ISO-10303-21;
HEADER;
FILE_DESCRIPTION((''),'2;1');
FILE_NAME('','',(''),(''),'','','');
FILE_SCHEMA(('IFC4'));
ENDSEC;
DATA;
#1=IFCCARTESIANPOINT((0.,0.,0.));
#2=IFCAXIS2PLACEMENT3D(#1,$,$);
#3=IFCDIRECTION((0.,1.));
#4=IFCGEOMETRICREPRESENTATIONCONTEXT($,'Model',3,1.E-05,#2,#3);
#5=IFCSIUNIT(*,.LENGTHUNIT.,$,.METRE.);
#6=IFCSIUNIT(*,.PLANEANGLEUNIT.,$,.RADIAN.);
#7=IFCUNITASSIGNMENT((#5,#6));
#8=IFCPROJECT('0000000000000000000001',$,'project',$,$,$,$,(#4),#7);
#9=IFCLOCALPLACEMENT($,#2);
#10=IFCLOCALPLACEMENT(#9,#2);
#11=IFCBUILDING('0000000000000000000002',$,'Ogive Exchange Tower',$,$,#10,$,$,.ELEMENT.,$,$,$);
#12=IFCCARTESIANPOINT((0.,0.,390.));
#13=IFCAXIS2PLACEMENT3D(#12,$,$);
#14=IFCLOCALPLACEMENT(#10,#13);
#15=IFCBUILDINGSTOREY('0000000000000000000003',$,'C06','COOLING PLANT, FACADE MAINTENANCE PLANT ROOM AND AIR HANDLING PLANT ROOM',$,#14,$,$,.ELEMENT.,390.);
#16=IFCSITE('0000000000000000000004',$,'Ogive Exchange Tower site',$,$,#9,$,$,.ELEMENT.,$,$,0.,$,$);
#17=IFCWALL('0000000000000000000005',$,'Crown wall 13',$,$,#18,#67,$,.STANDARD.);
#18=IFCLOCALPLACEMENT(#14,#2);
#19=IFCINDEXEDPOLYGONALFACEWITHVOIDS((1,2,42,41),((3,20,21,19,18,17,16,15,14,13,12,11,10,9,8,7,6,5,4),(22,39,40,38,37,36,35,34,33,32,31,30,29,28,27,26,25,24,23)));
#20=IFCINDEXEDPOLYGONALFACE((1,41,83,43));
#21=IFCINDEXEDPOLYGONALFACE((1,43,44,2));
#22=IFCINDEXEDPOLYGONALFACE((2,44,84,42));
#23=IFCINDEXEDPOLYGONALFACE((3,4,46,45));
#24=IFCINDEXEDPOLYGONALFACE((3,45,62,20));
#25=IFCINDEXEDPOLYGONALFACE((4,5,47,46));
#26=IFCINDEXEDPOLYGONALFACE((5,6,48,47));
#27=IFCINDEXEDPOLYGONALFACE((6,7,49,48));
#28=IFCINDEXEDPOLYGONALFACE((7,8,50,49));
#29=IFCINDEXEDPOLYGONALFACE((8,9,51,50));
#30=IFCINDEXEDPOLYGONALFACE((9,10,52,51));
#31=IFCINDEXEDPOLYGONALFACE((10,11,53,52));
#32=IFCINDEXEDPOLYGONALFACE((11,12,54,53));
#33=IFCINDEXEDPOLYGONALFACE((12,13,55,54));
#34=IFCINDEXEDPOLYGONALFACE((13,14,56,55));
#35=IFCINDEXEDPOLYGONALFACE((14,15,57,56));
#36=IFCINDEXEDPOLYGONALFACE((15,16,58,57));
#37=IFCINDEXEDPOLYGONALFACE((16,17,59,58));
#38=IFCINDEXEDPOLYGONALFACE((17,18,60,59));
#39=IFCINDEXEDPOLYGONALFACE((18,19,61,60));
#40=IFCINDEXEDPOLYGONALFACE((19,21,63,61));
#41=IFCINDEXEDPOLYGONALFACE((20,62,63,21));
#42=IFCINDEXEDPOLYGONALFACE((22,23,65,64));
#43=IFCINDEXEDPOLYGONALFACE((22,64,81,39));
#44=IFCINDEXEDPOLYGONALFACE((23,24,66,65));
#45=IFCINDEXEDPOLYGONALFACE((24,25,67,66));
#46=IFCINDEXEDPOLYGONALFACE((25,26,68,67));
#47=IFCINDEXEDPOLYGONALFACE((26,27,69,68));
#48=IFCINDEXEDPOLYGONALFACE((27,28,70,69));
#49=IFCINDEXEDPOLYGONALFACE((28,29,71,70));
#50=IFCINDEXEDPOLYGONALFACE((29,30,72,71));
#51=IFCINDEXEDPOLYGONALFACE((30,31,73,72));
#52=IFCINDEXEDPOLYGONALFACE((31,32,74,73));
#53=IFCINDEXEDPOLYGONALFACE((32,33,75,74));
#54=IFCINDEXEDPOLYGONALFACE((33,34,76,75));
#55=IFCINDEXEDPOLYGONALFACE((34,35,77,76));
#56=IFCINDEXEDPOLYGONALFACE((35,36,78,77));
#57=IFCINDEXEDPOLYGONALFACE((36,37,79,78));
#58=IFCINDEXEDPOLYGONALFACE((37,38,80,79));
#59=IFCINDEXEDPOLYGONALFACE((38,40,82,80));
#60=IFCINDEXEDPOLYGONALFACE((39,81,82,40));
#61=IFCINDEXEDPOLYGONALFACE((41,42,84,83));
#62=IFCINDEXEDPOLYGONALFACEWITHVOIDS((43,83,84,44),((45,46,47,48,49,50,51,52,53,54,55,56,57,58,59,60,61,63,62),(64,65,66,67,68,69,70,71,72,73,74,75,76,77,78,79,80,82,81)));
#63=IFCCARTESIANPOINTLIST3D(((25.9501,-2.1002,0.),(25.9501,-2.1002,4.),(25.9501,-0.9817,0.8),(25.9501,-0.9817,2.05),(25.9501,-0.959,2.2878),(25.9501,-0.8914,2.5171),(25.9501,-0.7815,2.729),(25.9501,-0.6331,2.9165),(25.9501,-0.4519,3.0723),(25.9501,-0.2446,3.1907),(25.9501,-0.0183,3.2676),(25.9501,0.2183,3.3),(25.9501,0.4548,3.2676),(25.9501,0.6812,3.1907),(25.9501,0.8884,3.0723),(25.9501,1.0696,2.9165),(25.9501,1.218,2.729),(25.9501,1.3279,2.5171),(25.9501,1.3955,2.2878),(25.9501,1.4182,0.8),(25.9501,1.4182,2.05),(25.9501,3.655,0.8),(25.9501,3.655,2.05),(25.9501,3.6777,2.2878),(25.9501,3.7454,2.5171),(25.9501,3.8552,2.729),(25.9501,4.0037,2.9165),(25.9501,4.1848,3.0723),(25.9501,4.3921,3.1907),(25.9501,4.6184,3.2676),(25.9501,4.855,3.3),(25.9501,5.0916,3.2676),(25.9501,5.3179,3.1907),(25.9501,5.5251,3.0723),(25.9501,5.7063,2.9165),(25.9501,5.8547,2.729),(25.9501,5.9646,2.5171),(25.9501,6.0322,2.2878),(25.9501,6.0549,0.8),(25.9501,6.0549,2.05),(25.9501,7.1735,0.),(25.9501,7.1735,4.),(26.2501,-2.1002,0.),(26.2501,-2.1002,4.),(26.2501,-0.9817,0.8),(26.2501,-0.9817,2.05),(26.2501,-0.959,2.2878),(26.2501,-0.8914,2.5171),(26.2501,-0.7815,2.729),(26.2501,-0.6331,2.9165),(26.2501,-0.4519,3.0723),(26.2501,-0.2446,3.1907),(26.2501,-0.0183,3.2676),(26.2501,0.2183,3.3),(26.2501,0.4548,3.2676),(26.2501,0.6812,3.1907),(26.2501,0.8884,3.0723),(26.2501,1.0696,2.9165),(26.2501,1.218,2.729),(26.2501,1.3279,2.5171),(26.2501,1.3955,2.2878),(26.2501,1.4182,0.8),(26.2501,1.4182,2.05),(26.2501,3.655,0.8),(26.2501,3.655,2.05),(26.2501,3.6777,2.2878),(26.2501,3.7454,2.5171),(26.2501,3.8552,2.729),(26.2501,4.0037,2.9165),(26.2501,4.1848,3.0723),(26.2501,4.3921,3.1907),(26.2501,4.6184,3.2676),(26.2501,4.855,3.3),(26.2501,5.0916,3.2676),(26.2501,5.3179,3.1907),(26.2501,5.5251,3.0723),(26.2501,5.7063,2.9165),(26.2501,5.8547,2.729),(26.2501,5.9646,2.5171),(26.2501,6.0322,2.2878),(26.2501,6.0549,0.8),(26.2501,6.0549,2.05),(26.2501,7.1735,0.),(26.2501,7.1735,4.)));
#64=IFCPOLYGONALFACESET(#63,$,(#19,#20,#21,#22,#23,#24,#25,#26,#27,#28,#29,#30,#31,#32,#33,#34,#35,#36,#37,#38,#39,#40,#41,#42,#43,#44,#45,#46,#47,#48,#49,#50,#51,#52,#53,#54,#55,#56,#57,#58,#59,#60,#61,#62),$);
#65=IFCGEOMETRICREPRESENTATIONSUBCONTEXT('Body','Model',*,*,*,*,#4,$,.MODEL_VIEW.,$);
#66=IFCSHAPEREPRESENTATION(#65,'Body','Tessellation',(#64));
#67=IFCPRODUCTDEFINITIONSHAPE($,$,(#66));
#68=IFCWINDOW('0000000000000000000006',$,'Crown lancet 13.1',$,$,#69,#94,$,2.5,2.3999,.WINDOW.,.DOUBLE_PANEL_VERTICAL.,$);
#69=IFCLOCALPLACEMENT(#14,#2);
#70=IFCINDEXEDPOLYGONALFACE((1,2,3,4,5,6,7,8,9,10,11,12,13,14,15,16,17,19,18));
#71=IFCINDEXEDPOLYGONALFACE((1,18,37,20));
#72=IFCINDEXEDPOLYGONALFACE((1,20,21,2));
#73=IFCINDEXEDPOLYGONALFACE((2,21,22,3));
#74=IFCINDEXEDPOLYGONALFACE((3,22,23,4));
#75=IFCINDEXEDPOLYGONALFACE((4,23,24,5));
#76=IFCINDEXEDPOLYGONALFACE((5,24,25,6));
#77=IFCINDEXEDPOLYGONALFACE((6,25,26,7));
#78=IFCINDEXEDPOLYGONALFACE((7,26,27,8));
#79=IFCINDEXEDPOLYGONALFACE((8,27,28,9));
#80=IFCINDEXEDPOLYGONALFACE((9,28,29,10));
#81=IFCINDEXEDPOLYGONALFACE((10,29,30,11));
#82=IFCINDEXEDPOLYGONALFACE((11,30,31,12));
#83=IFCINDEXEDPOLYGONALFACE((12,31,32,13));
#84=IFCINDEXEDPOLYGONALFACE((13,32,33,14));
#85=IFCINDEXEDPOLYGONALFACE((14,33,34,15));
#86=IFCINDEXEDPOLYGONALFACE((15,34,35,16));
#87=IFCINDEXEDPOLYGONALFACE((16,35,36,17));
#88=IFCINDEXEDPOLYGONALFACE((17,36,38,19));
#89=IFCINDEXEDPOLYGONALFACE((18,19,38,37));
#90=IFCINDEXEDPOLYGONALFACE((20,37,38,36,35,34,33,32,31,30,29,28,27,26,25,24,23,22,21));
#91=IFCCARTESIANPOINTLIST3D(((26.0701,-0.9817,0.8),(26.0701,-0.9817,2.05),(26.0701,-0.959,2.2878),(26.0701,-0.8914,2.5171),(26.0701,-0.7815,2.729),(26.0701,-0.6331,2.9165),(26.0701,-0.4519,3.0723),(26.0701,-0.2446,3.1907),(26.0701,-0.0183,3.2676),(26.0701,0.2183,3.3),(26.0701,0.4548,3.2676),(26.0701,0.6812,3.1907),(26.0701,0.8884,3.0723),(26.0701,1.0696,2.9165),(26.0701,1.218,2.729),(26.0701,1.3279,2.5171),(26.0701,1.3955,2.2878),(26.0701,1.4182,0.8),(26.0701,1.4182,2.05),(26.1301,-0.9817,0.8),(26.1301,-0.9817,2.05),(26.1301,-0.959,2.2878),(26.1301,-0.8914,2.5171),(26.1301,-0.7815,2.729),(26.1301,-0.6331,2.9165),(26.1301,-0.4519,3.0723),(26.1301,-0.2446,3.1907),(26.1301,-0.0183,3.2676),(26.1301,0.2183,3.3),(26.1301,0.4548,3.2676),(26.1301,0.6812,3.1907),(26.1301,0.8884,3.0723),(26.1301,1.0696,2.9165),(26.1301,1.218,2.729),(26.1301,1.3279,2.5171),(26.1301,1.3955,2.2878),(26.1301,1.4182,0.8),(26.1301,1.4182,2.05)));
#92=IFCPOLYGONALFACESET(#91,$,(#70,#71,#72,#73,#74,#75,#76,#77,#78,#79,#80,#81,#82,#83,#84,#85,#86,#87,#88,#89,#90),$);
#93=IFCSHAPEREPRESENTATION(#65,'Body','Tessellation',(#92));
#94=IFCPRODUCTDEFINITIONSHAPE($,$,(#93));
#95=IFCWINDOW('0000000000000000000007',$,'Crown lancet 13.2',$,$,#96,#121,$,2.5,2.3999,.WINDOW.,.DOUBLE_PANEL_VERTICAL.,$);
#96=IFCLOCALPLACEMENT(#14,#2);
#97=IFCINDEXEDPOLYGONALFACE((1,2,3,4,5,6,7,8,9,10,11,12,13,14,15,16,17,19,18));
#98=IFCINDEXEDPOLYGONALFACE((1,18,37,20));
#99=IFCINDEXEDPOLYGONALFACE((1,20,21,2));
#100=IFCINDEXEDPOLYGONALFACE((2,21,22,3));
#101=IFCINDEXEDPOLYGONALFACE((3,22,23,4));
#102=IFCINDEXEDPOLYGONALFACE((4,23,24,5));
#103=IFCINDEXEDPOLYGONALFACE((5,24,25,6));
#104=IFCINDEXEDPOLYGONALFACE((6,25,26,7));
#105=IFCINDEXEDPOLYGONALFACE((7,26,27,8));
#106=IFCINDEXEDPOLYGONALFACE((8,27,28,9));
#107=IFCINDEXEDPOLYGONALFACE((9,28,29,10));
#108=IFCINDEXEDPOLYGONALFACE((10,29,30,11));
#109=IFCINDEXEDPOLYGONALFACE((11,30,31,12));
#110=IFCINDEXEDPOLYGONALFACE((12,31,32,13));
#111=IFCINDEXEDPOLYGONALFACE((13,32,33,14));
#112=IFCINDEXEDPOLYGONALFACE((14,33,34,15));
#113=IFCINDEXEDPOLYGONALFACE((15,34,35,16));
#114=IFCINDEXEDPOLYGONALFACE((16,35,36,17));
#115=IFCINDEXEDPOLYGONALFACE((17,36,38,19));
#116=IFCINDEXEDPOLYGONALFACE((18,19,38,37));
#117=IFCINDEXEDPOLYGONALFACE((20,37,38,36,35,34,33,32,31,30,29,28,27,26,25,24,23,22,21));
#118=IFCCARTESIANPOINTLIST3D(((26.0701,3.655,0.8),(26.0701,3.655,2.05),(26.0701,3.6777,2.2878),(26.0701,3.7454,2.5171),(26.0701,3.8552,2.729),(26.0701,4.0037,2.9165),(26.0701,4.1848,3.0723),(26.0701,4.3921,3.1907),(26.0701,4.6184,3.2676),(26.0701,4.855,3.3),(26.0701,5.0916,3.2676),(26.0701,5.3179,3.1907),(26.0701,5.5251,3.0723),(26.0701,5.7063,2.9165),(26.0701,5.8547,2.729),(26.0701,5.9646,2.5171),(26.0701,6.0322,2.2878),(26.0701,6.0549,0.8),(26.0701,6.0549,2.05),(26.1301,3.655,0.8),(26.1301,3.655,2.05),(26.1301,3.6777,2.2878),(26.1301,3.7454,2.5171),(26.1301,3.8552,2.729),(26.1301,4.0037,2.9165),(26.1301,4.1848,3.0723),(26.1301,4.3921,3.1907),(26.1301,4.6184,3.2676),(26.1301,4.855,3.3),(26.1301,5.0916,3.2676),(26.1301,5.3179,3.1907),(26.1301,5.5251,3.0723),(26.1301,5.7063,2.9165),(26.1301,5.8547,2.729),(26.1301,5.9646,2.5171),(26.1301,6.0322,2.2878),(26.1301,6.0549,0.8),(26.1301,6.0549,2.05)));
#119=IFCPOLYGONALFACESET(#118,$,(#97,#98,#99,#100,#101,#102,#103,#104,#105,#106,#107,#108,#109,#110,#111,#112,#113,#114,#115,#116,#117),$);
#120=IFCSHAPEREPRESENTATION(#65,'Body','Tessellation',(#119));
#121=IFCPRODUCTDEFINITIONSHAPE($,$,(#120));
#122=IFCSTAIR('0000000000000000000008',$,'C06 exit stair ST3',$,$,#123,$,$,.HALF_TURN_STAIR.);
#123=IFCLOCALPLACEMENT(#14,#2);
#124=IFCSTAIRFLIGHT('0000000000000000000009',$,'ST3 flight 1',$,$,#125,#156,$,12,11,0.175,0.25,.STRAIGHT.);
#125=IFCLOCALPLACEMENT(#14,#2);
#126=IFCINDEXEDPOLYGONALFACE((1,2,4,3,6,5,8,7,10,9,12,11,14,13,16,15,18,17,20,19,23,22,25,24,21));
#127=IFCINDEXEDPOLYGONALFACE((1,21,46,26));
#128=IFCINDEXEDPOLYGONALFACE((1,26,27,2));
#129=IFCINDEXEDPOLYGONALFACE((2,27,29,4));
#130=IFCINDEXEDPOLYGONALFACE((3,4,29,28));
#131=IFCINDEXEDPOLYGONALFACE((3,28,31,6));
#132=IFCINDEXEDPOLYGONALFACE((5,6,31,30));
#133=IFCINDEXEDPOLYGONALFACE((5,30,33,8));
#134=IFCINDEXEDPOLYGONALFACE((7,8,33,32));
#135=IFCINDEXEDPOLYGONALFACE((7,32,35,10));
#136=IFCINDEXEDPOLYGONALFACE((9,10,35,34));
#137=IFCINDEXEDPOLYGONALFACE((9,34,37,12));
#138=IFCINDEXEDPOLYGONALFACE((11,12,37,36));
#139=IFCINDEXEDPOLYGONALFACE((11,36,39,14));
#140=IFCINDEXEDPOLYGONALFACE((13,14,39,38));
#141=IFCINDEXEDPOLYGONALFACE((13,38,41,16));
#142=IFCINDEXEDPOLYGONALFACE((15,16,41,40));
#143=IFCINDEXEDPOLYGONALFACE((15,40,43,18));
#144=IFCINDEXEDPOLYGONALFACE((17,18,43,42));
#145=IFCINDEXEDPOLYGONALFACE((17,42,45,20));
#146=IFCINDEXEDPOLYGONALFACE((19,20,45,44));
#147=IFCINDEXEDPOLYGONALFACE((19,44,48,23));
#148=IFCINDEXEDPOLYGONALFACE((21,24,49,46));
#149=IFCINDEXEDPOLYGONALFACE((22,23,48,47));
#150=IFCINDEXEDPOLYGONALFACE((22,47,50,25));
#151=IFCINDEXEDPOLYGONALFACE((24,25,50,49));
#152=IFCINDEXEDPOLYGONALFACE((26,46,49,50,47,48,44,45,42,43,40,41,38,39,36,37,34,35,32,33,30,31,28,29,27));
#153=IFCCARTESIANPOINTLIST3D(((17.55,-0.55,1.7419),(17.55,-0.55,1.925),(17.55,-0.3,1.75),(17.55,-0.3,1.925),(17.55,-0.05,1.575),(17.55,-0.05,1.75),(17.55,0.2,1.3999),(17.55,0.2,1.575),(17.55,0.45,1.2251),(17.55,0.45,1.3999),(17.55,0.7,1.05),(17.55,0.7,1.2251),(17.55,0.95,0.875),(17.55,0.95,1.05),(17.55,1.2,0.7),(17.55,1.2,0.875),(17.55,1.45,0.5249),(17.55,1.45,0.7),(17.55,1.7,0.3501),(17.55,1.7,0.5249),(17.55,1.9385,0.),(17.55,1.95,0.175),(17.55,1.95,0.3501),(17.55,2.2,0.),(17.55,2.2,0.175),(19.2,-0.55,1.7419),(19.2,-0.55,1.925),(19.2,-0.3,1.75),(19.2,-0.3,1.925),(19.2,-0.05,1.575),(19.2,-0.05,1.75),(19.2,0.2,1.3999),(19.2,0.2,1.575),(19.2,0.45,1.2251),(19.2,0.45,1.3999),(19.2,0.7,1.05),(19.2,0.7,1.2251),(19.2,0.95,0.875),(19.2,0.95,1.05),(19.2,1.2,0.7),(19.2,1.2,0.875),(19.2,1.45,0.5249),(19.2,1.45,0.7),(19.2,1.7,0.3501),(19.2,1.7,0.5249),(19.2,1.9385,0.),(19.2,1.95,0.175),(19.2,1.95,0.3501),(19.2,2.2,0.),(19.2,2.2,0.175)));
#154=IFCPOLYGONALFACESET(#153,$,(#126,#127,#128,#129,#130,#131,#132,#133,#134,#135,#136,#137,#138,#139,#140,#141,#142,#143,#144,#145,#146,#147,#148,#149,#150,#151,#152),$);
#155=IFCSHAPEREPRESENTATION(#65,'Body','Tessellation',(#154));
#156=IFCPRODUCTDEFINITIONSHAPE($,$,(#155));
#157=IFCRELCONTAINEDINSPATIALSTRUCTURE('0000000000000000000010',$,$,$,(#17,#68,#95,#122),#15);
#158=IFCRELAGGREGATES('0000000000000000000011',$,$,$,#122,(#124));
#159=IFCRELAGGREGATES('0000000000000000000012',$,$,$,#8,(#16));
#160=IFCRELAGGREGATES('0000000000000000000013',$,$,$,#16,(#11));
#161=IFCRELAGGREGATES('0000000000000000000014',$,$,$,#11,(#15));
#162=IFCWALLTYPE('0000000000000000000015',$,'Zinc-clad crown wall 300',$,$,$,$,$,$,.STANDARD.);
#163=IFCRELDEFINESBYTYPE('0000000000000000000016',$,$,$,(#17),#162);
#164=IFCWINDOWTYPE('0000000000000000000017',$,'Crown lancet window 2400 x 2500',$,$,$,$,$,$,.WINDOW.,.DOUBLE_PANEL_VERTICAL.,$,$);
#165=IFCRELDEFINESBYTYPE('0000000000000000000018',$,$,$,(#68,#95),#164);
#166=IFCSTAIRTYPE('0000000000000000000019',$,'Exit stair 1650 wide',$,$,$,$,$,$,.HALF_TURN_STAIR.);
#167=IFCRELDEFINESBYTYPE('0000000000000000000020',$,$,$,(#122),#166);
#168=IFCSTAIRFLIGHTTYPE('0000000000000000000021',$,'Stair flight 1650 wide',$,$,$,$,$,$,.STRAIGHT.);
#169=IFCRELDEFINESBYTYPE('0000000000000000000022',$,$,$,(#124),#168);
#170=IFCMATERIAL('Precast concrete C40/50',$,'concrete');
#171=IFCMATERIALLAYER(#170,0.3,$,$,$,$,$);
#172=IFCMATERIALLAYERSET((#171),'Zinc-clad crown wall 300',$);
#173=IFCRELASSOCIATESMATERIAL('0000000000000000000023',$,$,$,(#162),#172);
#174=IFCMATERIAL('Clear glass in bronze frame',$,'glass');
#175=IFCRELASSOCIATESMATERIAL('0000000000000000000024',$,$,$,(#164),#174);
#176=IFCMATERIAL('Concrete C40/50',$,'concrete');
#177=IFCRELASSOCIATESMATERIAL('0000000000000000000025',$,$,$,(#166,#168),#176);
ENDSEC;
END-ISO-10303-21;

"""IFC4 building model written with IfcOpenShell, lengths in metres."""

from ifc_helpers import new_model, si_unit, direction, frame, frame_2d, origin, place, context, subcontext, project, spatial, polyline, rectangle, outline, extrude, material, layer, layer_set, type_object, element, fill, aggregate, save


model = new_model("IFC4")

# Units and contexts
model_context = context("Model", 3, precision=1e-05, world=origin(), true_north=direction((0.0, 1.0)))
body_context = subcontext(model_context, "Body", "Model", "MODEL_VIEW")
ifc_project = project(units=[si_unit("LENGTHUNIT", "METRE"), si_unit("PLANEANGLEUNIT", "RADIAN")], contexts=[model_context])

# Site, building, storey
site_placement = place(None, origin())
site = spatial("IfcSite", under=ifc_project, at=site_placement, Name="Ogive Exchange Tower site", CompositionType="ELEMENT", RefElevation=0.0)
building_placement = place(site_placement, origin())
building = spatial("IfcBuilding", under=site, at=building_placement, Name="Ogive Exchange Tower", CompositionType="ELEMENT")
storey_placement = place(building_placement, frame((0.0, 0.0, 390.0)))
storey = spatial("IfcBuildingStorey", under=building, at=storey_placement, Name="C06", Description="COOLING PLANT, FACADE MAINTENANCE PLANT ROOM AND AIR HANDLING PLANT ROOM", CompositionType="ELEMENT", Elevation=390.0)

# Shared definitions
ifc_material_1 = material(Name="Precast concrete C40/50", Category="concrete")
ifc_layer_1 = layer(ifc_material_1, 0.3)
ifc_layer_set_1 = layer_set([ifc_layer_1], Name="Zinc-clad crown wall 300")
wall_type_1 = type_object("IfcWallType", Name="Zinc-clad crown wall 300", PredefinedType="STANDARD", material=ifc_layer_set_1)

# Wall, openings, windows
wall_1_placement = place(storey_placement, frame((26.1001, -2.1001, 0.0), z_axis=(0.0, 0.0, 1.0), x_axis=(0.0, 1.0, 0.0)))
wall_1 = element("IfcWall", 1, at=wall_1_placement, inside=storey, type_object=wall_type_1, Name="Crown wall 13", PredefinedType="STANDARD", context=body_context, shape_type="SweptSolid", body=[
    extrude(rectangle(XDim=9.2737, YDim=0.3, at=frame_2d((4.6367, 0.0))), origin(), (0.0, 0.0, 1.0), 4.0),
])
opening_1_placement = place(wall_1_placement, frame((1.1184, 0.0, 0.8)))
opening_1 = element("IfcOpeningElement", 2, at=opening_1_placement, cuts=wall_1, PredefinedType="OPENING", context=body_context, shape_type="SweptSolid", body=[
    extrude(outline(polyline([(0.0, 0.0), (2.3999, 0.0), (2.3999, 1.25), (2.3772, 1.4878), (2.3096, 1.717), (2.1997, 1.929), (2.0513, 2.1165), (1.8701, 2.2722), (1.6628, 2.3906), (1.4365, 2.4675), (1.2, 2.5), (0.9634, 2.4675), (0.7371, 2.3906), (0.5298, 2.2722), (0.3486, 2.1165), (0.2002, 1.929), (0.0903, 1.717), (0.0227, 1.4878), (0.0, 1.25), (0.0, 0.0)])), frame((0.0, 0.1599, 0.0), z_axis=(0.0, -1.0, 0.0), x_axis=(1.0, 0.0, 0.0)), (0.0, 0.0, 1.0), 0.3201),
])
opening_2_placement = place(wall_1_placement, frame((5.7551, 0.0, 0.8)))
opening_2 = element("IfcOpeningElement", 3, at=opening_2_placement, cuts=wall_1, PredefinedType="OPENING", context=body_context, shape_type="SweptSolid", body=[
    extrude(outline(polyline([(0.0, 0.0), (2.3999, 0.0), (2.3999, 1.25), (2.3772, 1.4878), (2.3096, 1.717), (2.1997, 1.929), (2.0513, 2.1165), (1.8701, 2.2722), (1.6628, 2.3906), (1.4365, 2.4675), (1.2, 2.5), (0.9634, 2.4675), (0.7371, 2.3906), (0.5298, 2.2722), (0.3486, 2.1165), (0.2002, 1.929), (0.0903, 1.717), (0.0227, 1.4878), (0.0, 1.25), (0.0, 0.0)])), frame((0.0, 0.1599, 0.0), z_axis=(0.0, -1.0, 0.0), x_axis=(1.0, 0.0, 0.0)), (0.0, 0.0, 1.0), 0.3201),
])
ifc_material_2 = material(Name="Clear glass in bronze frame", Category="glass")
window_type = type_object("IfcWindowType", Name="Crown lancet window 2400 x 2500", PartitioningType="DOUBLE_PANEL_VERTICAL", PredefinedType="WINDOW", material=ifc_material_2)
window_1_placement = place(opening_1_placement, origin())
window_1 = element("IfcWindow", 4, at=window_1_placement, inside=storey, type_object=window_type, Name="Crown lancet 13.1", OverallHeight=2.5, OverallWidth=2.3999, PartitioningType="DOUBLE_PANEL_VERTICAL", PredefinedType="WINDOW", context=body_context, shape_type="SweptSolid", body=[
    extrude(outline(polyline([(0.0, 0.0), (2.3999, 0.0), (2.3999, 1.25), (2.3772, 1.4878), (2.3096, 1.717), (2.1997, 1.929), (2.0513, 2.1165), (1.8701, 2.2722), (1.6628, 2.3906), (1.4365, 2.4675), (1.2, 2.5), (0.9634, 2.4675), (0.7371, 2.3906), (0.5298, 2.2722), (0.3486, 2.1165), (0.2002, 1.929), (0.0903, 1.717), (0.0227, 1.4878), (0.0, 1.25), (0.0, 0.0)])), frame((0.0, 0.03, 0.0), z_axis=(0.0, -1.0, 0.0), x_axis=(1.0, 0.0, 0.0)), (0.0, 0.0, 1.0), 0.0601),
])
fill(opening_1, window_1)
window_2_placement = place(opening_2_placement, origin())
window_2 = element("IfcWindow", 5, at=window_2_placement, inside=storey, type_object=window_type, Name="Crown lancet 13.2", OverallHeight=2.5, OverallWidth=2.3999, PartitioningType="DOUBLE_PANEL_VERTICAL", PredefinedType="WINDOW", context=body_context, shape_type="SweptSolid", body=[
    extrude(outline(polyline([(0.0, 0.0), (2.3999, 0.0), (2.3999, 1.25), (2.3772, 1.4878), (2.3096, 1.717), (2.1997, 1.929), (2.0513, 2.1165), (1.8701, 2.2722), (1.6628, 2.3906), (1.4365, 2.4675), (1.2, 2.5), (0.9634, 2.4675), (0.7371, 2.3906), (0.5298, 2.2722), (0.3486, 2.1165), (0.2002, 1.929), (0.0903, 1.717), (0.0227, 1.4878), (0.0, 1.25), (0.0, 0.0)])), frame((0.0, 0.03, 0.0), z_axis=(0.0, -1.0, 0.0), x_axis=(1.0, 0.0, 0.0)), (0.0, 0.0, 1.0), 0.0601),
])
fill(opening_2, window_2)

# Stair, stair flight
ifc_material_3 = material(Name="Concrete C40/50", Category="concrete")
stair_type = type_object("IfcStairType", Name="Exit stair 1650 wide", PredefinedType="HALF_TURN_STAIR", material=ifc_material_3)
stair_placement = place(storey_placement, origin())
stair = element("IfcStair", 6, at=stair_placement, inside=storey, type_object=stair_type, Name="C06 exit stair ST3", PredefinedType="HALF_TURN_STAIR")
stair_flight_type = type_object("IfcStairFlightType", Name="Stair flight 1650 wide", PredefinedType="STRAIGHT", material=ifc_material_3)
stair_flight_1_placement = place(storey_placement, frame((18.375, 2.2, 0.0), z_axis=(0.0, 0.0, 1.0), x_axis=(0.0, -1.0, 0.0)))
stair_flight_1 = element("IfcStairFlight", 7, at=stair_flight_1_placement, type_object=stair_flight_type, Name="ST3 flight 1", NumberOfRisers=12, NumberOfTreads=11, PredefinedType="STRAIGHT", RiserHeight=0.175, TreadLength=0.25, context=body_context, shape_type="SweptSolid", body=[
    extrude(outline(polyline([(0.0, 0.0), (0.0, 0.175), (0.25, 0.175), (0.25, 0.3501), (0.5, 0.3501), (0.5, 0.5249), (0.75, 0.5249), (0.75, 0.7), (1.0, 0.7), (1.0, 0.875), (1.25, 0.875), (1.25, 1.05), (1.5, 1.05), (1.5, 1.2251), (1.75, 1.2251), (1.75, 1.3999), (2.0, 1.3999), (2.0, 1.575), (2.25, 1.575), (2.25, 1.75), (2.5, 1.75), (2.5, 1.925), (2.75, 1.925), (2.75, 2.1001), (2.75, 1.7419), (0.2615, 0.0), (0.0, 0.0)])), frame((0.0, 0.825, 0.0), z_axis=(0.0, -1.0, 0.0), x_axis=(1.0, 0.0, 0.0)), (0.0, 0.0, 1.0), 1.6499),
])
aggregate(stair, [stair_flight_1])

save(model, "model.ifc")
